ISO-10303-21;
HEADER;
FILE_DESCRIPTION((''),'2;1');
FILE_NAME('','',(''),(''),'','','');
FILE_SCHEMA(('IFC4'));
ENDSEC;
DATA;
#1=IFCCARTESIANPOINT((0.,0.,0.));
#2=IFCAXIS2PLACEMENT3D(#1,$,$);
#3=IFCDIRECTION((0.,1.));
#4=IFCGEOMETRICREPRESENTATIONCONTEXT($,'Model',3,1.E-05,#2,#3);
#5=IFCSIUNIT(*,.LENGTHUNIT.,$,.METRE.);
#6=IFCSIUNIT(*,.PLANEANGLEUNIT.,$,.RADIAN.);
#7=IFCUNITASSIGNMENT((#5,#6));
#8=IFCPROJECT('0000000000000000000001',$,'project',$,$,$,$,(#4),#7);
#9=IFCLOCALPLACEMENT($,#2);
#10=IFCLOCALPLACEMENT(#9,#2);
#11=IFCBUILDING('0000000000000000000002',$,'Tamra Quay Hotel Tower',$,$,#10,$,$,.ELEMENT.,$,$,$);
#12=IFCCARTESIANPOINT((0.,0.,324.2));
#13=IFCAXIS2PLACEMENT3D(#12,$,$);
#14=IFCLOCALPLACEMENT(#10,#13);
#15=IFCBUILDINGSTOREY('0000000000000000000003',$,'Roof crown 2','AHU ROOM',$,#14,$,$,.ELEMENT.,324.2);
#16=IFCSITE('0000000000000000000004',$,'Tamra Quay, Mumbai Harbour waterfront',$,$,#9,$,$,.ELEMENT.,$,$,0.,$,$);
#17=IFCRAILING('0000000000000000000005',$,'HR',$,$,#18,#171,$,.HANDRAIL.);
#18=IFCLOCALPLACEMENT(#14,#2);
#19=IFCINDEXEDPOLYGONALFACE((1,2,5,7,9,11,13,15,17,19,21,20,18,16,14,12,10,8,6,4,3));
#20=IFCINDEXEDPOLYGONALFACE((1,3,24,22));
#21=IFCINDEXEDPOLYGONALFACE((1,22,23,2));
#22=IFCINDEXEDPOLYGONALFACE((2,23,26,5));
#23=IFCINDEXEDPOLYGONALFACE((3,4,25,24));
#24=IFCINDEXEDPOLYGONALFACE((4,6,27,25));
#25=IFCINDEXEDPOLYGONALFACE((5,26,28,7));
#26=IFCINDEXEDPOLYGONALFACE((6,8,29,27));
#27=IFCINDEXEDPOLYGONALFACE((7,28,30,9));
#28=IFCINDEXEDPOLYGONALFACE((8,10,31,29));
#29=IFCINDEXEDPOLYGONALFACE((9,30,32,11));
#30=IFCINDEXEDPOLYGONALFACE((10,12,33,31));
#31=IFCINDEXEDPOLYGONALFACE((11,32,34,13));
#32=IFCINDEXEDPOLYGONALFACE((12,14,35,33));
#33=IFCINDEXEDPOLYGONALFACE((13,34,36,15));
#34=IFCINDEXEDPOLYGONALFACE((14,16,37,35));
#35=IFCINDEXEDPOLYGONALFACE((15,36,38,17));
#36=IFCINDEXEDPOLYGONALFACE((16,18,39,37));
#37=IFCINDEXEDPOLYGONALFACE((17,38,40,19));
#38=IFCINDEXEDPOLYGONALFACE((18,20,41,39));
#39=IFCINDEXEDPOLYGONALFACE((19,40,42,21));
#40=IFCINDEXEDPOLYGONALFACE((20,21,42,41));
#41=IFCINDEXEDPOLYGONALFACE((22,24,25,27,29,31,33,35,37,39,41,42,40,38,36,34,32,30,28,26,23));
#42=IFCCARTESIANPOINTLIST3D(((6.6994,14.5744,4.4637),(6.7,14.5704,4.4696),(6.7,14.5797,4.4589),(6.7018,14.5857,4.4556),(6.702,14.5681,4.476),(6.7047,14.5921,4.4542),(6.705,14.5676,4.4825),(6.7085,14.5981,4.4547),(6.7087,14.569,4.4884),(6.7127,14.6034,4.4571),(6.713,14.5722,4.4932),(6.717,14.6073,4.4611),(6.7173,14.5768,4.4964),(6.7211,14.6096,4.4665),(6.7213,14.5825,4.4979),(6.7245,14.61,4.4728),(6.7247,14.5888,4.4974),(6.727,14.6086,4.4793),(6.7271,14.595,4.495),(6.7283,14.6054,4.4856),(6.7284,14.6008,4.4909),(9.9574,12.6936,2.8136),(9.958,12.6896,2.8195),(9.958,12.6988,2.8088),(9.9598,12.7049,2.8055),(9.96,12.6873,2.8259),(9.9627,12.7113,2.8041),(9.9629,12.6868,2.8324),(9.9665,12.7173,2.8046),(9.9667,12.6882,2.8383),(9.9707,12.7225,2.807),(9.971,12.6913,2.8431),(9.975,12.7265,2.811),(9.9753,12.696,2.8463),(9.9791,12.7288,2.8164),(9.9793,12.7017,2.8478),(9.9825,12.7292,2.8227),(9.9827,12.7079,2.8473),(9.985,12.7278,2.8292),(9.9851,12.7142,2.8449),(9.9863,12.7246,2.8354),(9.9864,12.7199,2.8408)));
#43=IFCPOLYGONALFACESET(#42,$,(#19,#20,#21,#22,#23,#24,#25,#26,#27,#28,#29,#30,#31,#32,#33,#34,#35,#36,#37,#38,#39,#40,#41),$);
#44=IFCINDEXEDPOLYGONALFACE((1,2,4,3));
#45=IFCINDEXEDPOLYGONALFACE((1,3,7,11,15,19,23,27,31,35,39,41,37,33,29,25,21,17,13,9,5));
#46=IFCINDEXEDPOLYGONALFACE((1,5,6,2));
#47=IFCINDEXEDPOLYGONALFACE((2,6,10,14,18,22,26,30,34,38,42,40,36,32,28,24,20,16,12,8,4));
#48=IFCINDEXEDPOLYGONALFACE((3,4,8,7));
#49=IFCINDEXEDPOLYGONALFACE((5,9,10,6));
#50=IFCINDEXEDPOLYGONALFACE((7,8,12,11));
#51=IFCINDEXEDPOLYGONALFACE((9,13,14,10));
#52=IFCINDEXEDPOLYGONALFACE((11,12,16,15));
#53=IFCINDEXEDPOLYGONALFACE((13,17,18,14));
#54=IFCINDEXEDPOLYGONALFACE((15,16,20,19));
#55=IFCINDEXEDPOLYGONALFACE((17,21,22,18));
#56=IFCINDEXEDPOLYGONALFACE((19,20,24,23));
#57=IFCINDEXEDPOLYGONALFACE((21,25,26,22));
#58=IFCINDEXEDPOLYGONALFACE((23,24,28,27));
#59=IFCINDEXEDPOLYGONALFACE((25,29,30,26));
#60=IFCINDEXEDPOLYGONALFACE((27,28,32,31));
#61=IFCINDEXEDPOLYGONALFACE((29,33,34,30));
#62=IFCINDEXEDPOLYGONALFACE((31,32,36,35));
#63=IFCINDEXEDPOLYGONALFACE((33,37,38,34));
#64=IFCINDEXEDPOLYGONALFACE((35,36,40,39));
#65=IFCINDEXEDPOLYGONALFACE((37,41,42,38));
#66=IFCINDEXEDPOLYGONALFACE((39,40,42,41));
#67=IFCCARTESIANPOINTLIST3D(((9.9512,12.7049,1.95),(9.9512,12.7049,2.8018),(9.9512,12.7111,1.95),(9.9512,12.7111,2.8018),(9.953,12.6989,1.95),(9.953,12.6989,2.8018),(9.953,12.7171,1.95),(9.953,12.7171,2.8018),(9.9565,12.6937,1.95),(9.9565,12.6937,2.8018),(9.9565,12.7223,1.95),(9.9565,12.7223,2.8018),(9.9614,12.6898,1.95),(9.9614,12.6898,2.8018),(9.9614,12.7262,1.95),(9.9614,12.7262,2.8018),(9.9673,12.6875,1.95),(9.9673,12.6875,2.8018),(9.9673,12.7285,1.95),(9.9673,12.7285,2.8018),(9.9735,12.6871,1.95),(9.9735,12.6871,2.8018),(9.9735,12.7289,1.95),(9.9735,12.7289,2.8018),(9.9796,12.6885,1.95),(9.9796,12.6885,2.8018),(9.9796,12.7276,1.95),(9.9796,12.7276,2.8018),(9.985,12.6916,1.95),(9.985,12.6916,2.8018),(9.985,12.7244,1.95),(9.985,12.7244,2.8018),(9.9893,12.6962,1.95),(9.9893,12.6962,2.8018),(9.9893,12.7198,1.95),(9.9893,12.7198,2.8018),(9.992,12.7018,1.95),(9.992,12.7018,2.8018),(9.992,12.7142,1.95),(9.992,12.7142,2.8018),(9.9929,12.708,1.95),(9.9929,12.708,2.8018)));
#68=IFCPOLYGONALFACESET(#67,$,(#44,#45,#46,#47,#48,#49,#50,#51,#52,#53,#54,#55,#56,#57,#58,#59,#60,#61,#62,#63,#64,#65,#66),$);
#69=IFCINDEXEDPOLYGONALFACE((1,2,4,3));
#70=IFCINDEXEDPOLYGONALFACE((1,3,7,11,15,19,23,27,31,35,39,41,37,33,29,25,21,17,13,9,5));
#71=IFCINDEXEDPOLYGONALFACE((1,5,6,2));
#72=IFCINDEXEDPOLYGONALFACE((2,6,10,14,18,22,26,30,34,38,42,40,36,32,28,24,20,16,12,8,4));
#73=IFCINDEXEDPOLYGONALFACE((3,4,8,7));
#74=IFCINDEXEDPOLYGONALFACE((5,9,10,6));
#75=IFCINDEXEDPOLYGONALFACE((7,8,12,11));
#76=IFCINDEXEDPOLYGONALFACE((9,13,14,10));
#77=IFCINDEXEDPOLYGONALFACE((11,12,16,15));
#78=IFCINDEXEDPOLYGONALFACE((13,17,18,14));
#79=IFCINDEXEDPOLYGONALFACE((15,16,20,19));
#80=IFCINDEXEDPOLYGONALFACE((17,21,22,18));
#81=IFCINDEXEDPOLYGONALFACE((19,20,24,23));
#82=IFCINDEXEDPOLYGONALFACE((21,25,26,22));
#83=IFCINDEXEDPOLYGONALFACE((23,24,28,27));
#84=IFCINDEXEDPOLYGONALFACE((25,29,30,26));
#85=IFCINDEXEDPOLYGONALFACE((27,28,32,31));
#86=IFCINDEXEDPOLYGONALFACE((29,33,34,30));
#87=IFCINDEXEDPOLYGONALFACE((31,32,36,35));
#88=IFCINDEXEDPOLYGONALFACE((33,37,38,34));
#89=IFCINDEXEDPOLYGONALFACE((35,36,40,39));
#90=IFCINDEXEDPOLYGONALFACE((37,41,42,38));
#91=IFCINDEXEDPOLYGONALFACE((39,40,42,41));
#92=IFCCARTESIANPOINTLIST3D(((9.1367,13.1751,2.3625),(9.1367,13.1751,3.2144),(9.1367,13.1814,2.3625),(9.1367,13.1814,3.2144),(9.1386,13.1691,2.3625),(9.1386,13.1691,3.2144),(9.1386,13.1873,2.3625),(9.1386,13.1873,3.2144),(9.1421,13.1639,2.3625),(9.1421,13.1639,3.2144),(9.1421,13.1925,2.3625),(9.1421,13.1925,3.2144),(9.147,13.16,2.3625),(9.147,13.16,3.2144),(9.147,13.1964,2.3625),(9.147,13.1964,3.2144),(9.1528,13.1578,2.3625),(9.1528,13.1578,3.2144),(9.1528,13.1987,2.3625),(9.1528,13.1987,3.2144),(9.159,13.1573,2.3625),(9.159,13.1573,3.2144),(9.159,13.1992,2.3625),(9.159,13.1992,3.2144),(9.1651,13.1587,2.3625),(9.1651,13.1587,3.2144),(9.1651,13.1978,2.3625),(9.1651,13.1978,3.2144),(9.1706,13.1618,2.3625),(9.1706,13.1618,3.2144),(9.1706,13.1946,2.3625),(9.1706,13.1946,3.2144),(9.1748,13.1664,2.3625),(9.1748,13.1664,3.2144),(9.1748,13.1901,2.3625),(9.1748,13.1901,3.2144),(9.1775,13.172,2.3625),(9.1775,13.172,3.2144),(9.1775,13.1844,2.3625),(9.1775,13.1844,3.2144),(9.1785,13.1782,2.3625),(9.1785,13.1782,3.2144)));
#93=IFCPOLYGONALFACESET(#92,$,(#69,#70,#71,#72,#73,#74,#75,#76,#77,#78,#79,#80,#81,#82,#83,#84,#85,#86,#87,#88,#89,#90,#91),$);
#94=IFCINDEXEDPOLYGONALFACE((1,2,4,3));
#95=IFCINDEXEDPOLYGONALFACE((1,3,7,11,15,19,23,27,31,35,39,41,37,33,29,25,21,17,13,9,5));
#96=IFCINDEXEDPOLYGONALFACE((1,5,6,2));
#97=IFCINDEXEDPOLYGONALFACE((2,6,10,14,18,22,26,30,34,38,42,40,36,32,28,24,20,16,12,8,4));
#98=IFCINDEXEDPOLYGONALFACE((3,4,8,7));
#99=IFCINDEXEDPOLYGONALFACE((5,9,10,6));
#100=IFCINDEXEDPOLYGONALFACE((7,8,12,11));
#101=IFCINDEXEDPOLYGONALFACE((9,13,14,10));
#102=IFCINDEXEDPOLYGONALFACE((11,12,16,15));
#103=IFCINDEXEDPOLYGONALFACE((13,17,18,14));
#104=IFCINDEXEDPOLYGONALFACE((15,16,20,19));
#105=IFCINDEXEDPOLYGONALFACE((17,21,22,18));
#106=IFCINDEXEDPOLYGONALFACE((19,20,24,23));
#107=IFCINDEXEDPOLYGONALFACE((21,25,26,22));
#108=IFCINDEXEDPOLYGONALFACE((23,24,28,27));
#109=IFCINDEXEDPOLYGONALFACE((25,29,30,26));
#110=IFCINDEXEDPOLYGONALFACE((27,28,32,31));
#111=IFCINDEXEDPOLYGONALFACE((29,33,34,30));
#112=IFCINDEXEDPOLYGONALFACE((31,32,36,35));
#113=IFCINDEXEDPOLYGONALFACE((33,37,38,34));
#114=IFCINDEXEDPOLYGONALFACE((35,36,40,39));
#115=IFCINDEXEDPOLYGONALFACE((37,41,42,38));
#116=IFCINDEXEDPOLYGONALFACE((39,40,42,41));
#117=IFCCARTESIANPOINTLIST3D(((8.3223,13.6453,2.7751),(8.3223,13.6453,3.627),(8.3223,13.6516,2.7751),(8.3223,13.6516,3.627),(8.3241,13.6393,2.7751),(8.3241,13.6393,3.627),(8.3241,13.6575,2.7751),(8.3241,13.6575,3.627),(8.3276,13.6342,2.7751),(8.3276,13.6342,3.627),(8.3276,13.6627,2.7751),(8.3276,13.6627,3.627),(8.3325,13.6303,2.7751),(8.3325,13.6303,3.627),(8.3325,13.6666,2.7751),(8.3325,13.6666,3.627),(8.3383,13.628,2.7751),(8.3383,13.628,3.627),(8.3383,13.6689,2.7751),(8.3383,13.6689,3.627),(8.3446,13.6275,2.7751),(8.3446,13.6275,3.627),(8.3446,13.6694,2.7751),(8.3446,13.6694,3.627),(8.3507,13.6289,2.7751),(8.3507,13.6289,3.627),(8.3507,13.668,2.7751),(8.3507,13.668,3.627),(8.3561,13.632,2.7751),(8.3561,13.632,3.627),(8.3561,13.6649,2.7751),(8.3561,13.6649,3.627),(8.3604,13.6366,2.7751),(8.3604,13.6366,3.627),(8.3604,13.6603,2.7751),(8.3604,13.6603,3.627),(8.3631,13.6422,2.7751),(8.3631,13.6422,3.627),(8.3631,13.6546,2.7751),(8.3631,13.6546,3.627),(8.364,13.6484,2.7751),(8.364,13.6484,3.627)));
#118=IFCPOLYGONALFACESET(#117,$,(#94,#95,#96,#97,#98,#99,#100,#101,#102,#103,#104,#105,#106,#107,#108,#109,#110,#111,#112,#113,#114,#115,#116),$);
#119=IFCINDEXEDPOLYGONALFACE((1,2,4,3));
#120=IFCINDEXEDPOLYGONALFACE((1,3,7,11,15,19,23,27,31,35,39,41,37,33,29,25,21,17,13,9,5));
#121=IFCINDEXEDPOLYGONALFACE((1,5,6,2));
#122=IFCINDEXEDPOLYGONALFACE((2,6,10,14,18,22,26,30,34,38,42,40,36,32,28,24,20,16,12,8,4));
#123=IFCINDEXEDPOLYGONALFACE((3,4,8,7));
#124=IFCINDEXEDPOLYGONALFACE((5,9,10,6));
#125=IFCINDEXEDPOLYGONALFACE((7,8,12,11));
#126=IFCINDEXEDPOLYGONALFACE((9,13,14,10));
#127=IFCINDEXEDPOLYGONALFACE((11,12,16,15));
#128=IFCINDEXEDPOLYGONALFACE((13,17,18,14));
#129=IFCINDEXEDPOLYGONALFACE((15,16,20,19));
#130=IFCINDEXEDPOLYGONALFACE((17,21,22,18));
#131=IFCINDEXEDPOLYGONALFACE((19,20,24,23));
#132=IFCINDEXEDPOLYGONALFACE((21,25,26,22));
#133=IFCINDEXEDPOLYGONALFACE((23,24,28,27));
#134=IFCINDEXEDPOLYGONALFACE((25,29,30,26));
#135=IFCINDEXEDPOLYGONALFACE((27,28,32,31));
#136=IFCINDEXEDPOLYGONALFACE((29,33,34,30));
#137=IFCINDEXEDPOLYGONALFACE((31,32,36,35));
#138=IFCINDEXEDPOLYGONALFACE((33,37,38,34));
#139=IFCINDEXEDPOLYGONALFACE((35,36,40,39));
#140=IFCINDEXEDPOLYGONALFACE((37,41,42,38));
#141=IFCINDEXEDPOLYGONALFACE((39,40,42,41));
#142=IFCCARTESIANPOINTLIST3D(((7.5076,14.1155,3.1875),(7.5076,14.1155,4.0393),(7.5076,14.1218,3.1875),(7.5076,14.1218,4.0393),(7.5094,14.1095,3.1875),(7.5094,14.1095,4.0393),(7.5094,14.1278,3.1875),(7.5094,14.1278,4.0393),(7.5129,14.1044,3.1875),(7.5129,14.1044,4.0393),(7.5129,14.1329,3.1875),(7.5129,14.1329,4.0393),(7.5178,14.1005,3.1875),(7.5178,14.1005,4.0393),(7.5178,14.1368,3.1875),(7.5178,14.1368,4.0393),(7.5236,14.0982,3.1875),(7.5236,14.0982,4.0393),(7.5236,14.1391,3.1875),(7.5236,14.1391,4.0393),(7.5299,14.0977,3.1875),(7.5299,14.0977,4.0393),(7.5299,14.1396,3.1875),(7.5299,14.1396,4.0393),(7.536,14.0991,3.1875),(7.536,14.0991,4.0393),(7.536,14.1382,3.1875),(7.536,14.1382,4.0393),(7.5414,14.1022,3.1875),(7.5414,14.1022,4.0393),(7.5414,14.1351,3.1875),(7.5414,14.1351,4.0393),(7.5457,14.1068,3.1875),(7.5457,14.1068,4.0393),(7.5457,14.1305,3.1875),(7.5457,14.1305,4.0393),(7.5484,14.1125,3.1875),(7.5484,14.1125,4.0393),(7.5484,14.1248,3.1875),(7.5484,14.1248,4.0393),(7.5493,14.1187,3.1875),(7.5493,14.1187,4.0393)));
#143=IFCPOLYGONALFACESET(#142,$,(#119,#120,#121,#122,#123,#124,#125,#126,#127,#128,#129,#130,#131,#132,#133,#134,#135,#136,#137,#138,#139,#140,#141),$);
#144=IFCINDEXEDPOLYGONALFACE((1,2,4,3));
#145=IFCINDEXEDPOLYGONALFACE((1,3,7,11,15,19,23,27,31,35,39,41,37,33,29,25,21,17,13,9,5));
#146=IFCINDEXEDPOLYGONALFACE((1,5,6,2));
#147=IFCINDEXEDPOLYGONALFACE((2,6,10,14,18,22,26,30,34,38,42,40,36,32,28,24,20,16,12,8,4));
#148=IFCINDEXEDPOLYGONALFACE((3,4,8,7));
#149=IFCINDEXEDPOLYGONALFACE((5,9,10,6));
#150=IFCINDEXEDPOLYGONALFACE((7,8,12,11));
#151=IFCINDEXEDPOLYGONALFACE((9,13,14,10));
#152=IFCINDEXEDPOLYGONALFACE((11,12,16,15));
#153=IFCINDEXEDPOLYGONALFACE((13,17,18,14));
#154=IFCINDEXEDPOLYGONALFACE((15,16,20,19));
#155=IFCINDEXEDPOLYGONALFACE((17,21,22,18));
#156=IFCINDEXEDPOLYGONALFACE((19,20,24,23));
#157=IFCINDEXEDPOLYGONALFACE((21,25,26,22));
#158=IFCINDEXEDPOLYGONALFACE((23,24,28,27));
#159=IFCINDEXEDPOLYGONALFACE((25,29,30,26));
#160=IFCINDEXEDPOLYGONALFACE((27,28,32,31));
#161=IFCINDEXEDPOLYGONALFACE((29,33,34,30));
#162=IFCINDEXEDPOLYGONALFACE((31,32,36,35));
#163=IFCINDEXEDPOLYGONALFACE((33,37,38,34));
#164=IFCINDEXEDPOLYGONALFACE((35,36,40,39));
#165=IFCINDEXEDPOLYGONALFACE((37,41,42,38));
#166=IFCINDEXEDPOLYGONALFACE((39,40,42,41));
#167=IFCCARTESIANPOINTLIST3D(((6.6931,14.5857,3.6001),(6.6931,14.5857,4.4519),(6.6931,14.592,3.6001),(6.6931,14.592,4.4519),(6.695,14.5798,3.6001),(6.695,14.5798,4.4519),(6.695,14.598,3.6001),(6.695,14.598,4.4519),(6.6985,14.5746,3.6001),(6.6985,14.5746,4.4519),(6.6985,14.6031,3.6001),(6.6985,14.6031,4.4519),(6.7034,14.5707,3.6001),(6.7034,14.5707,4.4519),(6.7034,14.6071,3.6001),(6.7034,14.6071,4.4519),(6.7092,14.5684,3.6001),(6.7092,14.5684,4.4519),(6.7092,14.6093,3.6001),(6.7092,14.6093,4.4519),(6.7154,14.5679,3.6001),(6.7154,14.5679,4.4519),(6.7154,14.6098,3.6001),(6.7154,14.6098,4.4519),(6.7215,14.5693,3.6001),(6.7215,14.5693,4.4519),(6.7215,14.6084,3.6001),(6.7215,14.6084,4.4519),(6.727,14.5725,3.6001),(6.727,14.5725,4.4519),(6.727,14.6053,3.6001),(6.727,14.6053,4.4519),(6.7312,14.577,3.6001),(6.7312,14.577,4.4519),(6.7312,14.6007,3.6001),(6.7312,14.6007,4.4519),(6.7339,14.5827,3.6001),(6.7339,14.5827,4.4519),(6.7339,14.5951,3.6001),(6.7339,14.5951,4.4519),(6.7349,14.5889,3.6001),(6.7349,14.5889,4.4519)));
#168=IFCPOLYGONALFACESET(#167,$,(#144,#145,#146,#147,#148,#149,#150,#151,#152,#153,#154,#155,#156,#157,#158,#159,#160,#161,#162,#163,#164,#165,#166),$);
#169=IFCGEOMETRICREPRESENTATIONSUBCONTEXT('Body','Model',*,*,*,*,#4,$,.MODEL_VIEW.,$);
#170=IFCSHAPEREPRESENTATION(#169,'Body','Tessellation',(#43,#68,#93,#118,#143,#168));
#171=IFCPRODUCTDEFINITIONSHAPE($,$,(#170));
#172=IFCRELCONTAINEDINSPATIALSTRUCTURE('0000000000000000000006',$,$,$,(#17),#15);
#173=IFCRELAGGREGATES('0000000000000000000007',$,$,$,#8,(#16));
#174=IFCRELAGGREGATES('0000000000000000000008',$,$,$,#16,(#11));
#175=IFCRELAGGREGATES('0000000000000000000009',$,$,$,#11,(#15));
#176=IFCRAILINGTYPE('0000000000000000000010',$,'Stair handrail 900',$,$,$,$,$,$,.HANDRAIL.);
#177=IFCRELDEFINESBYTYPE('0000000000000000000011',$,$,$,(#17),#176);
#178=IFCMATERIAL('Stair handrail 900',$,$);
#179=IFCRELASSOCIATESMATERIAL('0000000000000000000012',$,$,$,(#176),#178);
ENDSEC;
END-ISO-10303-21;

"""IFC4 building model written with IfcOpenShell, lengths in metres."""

from ifc_helpers import new_model, si_unit, direction, frame, origin, origin_2d, place, context, subcontext, project, spatial, circle, extrude, material, type_object, element, save


model = new_model("IFC4")

# Units and contexts
model_context = context("Model", 3, precision=1e-05, world=origin(), true_north=direction((0.0, 1.0)))
body_context = subcontext(model_context, "Body", "Model", "MODEL_VIEW")
ifc_project = project(units=[si_unit("LENGTHUNIT", "METRE"), si_unit("PLANEANGLEUNIT", "RADIAN")], contexts=[model_context])

# Site, building, storey
site_placement = place(None, origin())
site = spatial("IfcSite", under=ifc_project, at=site_placement, Name="Tamra Quay, Mumbai Harbour waterfront", CompositionType="ELEMENT", RefElevation=0.0)
building_placement = place(site_placement, origin())
building = spatial("IfcBuilding", under=site, at=building_placement, Name="Tamra Quay Hotel Tower", CompositionType="ELEMENT")
storey_placement = place(building_placement, frame((0.0, 0.0, 324.2)))
storey = spatial("IfcBuildingStorey", under=building, at=storey_placement, Name="Roof crown 2", Description="AHU ROOM", CompositionType="ELEMENT", Elevation=324.2)

# Railing
ifc_material_1 = material(Name="Stair handrail 900")
railing_type_1 = type_object("IfcRailingType", Name="Stair handrail 900", PredefinedType="HANDRAIL", material=ifc_material_1)
railing_1_placement = place(storey_placement, frame((9.9719, 12.708, 1.95)))
element("IfcRailing", 1, at=railing_1_placement, inside=storey, type_object=railing_type_1, Name="HR", PredefinedType="HANDRAIL", context=body_context, shape_type="SweptSolid", body=[
    extrude(circle(Radius=0.0239, at=origin_2d()), frame((0.0, 0.0, 0.876), z_axis=(-0.793103, 0.457854, 0.401692), x_axis=(-0.499964, -0.866046, 0.0)), (0.0, 0.0, 1.0), 4.1079),
    extrude(circle(Radius=0.021, at=origin_2d()), origin(), (0.0, 0.0, 1.0), 0.8518),
    extrude(circle(Radius=0.021, at=origin_2d()), frame((-0.8145, 0.4702, 0.4126)), (0.0, 0.0, 1.0), 0.8518),
    extrude(circle(Radius=0.021, at=origin_2d()), frame((-1.6289, 0.9404, 0.8252)), (0.0, 0.0, 1.0), 0.8518),
    extrude(circle(Radius=0.021, at=origin_2d()), frame((-2.4436, 1.4106, 1.2375)), (0.0, 0.0, 1.0), 0.8518),
    extrude(circle(Radius=0.021, at=origin_2d()), frame((-3.2581, 1.8809, 1.6501)), (0.0, 0.0, 1.0), 0.8518),
])

save(model, "model.ifc")
